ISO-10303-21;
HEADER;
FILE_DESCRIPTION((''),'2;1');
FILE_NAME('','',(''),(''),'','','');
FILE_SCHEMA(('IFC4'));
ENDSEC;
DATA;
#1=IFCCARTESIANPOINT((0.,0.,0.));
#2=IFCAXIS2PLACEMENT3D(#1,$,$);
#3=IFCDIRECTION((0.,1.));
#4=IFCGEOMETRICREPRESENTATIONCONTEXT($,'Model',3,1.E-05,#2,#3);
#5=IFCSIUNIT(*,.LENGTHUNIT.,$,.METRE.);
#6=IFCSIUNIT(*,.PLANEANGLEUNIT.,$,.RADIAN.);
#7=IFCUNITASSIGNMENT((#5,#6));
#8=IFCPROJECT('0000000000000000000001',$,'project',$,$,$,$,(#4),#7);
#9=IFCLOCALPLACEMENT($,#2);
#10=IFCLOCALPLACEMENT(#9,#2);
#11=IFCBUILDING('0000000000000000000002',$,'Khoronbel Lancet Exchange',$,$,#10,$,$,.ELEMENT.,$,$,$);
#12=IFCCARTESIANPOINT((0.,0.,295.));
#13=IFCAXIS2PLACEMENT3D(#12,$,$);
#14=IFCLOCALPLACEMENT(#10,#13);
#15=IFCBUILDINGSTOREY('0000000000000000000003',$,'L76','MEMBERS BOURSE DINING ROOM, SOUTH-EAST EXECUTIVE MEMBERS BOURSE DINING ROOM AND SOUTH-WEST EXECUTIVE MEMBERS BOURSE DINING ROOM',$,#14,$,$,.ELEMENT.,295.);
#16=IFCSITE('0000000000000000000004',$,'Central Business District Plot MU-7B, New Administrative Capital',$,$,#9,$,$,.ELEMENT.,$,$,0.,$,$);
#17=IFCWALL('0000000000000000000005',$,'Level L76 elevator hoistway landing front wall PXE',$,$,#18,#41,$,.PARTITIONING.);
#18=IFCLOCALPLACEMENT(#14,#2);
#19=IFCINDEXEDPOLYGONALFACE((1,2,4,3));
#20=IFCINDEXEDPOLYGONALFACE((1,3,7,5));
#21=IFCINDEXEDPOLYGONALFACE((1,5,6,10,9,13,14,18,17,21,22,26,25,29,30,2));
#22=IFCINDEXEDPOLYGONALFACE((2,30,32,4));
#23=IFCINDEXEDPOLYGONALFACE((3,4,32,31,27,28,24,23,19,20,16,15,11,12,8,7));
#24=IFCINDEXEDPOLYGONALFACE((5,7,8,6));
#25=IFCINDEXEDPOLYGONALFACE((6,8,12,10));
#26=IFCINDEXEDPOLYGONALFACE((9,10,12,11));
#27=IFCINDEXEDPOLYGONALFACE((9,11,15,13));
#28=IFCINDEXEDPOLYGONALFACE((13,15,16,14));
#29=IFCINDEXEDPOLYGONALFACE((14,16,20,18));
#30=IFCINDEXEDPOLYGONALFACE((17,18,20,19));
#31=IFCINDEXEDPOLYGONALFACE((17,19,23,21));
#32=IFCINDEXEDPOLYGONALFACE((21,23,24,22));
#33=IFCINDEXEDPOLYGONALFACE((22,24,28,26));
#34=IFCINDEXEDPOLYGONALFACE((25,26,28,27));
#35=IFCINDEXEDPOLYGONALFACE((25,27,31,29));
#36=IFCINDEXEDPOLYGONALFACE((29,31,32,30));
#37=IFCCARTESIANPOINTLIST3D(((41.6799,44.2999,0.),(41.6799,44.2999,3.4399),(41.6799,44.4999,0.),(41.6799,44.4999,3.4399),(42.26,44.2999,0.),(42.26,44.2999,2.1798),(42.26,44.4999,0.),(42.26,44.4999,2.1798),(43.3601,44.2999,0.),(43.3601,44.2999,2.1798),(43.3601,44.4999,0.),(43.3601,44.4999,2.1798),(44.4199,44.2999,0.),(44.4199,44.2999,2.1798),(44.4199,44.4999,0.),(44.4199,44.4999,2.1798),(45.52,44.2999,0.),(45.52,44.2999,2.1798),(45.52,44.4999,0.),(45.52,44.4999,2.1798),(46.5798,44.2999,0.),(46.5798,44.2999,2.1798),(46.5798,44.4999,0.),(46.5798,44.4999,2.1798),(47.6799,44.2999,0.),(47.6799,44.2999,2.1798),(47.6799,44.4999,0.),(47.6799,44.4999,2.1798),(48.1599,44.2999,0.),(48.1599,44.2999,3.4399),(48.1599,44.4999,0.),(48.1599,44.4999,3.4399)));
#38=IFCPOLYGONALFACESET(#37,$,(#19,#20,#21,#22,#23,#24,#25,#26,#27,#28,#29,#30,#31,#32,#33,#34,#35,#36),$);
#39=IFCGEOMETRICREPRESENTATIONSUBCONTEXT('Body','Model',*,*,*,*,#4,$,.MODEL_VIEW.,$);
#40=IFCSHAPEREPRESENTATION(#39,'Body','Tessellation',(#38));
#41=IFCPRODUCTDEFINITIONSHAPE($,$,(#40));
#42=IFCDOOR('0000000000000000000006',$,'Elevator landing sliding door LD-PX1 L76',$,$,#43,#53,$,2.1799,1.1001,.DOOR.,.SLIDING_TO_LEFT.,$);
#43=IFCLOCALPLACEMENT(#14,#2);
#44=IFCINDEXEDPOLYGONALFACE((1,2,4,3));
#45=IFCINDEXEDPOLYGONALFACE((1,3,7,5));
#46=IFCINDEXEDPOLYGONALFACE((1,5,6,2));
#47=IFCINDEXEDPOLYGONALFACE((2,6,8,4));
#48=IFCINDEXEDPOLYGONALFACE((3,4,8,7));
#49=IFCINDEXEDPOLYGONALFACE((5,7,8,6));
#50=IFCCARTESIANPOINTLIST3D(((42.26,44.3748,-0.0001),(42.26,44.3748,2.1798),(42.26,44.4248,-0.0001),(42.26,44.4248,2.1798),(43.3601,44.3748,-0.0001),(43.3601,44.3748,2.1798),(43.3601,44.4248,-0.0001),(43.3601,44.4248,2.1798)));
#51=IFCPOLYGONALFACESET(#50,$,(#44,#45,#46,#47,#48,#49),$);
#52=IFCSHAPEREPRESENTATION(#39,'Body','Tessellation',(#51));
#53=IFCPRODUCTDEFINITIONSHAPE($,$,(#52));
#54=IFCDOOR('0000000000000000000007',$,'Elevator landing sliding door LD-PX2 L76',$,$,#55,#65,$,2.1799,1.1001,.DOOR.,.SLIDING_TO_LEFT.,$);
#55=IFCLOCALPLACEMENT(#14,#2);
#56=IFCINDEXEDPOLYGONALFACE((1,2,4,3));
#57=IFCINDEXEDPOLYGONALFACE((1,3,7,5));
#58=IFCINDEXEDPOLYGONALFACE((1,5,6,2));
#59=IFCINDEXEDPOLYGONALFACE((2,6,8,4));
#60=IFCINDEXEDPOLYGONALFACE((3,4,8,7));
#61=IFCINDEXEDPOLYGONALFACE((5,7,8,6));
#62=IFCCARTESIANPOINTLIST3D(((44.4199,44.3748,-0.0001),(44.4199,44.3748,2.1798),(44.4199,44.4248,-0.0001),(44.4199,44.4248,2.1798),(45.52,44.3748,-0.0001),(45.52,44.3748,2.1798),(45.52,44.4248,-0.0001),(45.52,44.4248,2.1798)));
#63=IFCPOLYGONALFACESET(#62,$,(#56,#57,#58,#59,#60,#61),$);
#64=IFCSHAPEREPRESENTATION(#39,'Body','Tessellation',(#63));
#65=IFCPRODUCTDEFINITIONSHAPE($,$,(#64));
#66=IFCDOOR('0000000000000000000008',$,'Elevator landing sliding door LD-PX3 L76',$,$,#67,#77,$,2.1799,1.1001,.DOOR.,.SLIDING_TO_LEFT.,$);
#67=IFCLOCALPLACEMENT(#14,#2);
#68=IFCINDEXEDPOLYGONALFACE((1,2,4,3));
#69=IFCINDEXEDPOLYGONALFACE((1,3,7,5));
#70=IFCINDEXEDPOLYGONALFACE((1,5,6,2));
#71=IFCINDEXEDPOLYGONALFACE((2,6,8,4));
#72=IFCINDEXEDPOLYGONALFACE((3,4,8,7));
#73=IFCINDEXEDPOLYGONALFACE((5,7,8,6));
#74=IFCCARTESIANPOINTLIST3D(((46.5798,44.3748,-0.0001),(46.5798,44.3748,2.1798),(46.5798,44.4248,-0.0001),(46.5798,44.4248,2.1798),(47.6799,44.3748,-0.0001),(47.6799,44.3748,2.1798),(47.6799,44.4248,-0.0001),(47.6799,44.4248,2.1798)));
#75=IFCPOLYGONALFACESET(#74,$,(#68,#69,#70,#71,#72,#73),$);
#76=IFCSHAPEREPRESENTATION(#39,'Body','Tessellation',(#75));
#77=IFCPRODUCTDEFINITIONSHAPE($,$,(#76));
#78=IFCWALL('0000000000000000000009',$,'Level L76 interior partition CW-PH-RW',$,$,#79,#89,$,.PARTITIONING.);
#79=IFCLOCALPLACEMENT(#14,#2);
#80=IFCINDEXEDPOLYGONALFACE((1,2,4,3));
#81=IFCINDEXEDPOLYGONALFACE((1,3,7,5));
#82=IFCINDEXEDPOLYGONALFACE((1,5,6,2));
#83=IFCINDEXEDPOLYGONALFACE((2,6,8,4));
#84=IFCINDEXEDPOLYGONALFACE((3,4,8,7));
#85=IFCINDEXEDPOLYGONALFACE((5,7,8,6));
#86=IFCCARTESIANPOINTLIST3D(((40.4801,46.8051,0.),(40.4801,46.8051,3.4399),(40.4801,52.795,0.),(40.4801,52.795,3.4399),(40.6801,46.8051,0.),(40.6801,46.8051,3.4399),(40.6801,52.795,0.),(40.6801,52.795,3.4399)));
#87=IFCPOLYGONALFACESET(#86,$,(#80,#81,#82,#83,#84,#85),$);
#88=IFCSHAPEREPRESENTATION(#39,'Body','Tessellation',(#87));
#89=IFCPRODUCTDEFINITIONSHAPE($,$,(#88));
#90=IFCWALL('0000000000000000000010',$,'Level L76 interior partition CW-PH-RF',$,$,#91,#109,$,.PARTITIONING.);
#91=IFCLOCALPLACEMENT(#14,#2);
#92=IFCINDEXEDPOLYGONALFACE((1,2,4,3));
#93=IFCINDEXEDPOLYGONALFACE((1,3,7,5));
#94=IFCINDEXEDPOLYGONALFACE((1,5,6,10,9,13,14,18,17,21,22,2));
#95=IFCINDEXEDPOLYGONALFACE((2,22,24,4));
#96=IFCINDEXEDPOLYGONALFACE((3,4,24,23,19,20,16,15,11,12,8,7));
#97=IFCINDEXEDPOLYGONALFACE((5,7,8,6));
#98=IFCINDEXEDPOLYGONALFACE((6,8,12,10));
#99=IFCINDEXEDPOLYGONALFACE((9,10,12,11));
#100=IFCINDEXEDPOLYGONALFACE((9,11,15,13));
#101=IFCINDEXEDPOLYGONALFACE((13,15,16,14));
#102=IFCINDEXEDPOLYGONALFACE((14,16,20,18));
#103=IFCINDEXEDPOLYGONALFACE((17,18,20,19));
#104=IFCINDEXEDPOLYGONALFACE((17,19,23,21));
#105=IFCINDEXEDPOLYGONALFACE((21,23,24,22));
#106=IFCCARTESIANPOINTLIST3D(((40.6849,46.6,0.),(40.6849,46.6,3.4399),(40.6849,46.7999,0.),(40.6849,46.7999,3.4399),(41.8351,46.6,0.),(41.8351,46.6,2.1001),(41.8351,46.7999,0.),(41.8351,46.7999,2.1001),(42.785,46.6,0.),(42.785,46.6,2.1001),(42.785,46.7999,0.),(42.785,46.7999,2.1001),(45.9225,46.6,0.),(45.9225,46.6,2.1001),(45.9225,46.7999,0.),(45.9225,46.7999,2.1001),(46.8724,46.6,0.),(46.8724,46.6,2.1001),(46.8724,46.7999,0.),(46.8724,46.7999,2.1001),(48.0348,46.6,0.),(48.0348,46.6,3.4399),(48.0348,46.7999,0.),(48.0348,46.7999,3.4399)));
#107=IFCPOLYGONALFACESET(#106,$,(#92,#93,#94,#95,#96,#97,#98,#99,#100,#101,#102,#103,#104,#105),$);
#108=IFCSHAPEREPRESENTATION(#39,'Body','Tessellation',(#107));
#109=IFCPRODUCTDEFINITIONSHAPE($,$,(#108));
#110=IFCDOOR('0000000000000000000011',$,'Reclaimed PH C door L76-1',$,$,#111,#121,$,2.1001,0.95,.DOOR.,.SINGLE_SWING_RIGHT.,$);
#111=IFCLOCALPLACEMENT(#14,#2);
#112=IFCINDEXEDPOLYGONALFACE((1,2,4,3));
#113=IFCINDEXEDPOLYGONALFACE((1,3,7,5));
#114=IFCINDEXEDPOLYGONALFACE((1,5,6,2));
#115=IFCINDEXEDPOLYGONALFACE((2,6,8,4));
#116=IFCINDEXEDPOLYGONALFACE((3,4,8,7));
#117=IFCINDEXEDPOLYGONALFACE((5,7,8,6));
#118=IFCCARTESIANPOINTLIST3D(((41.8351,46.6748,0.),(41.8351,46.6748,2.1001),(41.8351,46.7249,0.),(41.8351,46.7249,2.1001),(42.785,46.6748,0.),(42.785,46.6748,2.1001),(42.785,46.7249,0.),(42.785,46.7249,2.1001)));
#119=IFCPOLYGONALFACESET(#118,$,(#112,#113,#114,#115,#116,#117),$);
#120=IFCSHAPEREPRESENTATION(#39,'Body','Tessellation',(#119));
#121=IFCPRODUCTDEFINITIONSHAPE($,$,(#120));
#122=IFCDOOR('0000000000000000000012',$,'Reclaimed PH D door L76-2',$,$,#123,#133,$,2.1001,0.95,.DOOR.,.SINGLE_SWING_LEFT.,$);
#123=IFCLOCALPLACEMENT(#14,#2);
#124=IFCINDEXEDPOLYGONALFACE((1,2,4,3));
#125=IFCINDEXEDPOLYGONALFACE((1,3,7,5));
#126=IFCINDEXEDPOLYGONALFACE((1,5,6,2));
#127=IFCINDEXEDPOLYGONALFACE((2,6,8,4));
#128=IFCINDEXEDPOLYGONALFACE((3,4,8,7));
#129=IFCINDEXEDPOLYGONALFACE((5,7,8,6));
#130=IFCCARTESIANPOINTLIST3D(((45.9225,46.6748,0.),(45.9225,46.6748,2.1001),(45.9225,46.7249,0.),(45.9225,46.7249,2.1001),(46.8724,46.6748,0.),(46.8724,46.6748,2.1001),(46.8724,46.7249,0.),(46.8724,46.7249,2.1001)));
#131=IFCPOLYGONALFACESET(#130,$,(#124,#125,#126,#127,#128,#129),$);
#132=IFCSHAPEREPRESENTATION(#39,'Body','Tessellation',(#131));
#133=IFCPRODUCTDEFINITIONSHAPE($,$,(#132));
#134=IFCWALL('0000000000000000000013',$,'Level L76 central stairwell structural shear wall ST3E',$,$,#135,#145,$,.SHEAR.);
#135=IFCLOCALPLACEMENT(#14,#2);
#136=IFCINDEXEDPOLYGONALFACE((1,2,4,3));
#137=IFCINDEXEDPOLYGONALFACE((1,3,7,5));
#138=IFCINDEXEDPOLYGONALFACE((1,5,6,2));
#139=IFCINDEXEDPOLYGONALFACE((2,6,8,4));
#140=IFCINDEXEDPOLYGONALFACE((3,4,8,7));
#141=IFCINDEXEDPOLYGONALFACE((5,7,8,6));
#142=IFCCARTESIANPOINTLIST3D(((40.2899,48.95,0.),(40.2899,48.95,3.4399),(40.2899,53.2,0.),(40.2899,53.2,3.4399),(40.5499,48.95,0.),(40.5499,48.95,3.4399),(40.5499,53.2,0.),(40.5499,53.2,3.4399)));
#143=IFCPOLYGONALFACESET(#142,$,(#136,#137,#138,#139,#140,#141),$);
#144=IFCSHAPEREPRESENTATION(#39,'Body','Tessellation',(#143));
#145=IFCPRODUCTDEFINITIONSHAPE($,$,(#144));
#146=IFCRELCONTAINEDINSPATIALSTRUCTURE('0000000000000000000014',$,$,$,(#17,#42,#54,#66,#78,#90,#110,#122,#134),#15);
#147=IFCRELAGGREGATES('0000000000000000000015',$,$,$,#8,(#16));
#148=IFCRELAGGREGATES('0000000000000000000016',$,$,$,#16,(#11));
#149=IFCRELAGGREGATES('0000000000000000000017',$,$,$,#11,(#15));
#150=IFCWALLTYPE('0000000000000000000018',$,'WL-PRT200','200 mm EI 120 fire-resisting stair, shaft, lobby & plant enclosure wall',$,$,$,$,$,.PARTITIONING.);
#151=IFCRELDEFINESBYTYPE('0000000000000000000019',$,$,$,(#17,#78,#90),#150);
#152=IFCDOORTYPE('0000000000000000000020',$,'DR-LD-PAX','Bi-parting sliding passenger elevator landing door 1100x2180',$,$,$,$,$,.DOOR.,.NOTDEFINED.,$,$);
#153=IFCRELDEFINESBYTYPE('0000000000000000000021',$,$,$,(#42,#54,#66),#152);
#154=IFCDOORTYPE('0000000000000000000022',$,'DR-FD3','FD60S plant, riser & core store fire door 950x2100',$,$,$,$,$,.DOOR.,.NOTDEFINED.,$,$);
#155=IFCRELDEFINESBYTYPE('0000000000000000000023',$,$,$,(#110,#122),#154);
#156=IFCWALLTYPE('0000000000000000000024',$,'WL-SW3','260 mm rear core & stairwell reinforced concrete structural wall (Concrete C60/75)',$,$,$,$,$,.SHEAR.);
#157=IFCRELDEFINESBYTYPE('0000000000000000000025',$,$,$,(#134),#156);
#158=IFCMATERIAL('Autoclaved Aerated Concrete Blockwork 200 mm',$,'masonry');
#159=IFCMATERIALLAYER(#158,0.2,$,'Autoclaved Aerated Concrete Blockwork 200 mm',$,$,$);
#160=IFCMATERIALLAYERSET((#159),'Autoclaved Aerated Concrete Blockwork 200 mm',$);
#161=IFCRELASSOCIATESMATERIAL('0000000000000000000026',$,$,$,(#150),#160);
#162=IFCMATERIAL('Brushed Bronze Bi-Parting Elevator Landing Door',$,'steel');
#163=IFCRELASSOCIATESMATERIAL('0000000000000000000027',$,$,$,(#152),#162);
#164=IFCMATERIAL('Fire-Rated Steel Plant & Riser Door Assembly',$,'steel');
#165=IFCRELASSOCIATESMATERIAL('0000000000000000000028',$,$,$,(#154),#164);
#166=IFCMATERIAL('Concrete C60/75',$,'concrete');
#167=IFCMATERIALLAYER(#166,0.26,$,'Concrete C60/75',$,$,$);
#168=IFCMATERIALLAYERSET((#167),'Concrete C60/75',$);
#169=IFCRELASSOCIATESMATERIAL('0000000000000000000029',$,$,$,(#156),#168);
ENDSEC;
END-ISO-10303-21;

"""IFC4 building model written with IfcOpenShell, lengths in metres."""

from ifc_helpers import new_model, si_unit, direction, frame, frame_2d, origin, place, context, subcontext, project, spatial, rectangle, extrude, material, layer, layer_set, type_object, element, fill, save


model = new_model("IFC4")

# Units and contexts
model_context = context("Model", 3, precision=1e-05, world=origin(), true_north=direction((0.0, 1.0)))
body_context = subcontext(model_context, "Body", "Model", "MODEL_VIEW")
ifc_project = project(units=[si_unit("LENGTHUNIT", "METRE"), si_unit("PLANEANGLEUNIT", "RADIAN")], contexts=[model_context])

# Site, building, storey
site_placement = place(None, origin())
site = spatial("IfcSite", under=ifc_project, at=site_placement, Name="Central Business District Plot MU-7B, New Administrative Capital", CompositionType="ELEMENT", RefElevation=0.0)
building_placement = place(site_placement, origin())
building = spatial("IfcBuilding", under=site, at=building_placement, Name="Khoronbel Lancet Exchange", CompositionType="ELEMENT")
storey_placement = place(building_placement, frame((0.0, 0.0, 295.0)))
storey = spatial("IfcBuildingStorey", under=building, at=storey_placement, Name="L76", Description="MEMBERS BOURSE DINING ROOM, SOUTH-EAST EXECUTIVE MEMBERS BOURSE DINING ROOM AND SOUTH-WEST EXECUTIVE MEMBERS BOURSE DINING ROOM", CompositionType="ELEMENT", Elevation=295.0)

# Shared definitions
ifc_material_1 = material(Name="Concrete C60/75", Category="concrete")

# Wall, openings, doors
ifc_material_2 = material(Name="Autoclaved Aerated Concrete Blockwork 200 mm", Category="masonry")
ifc_layer_1 = layer(ifc_material_2, 0.2, Name="Autoclaved Aerated Concrete Blockwork 200 mm")
ifc_layer_set_1 = layer_set([ifc_layer_1], Name="Autoclaved Aerated Concrete Blockwork 200 mm")
wall_type_1 = type_object("IfcWallType", Name="WL-PRT200", Description="200 mm EI 120 fire-resisting stair, shaft, lobby & plant enclosure wall", PredefinedType="PARTITIONING", material=ifc_layer_set_1)
wall_1_placement = place(storey_placement, frame((41.6799, 44.3999, 0.0), z_axis=(0.0, 0.0, 1.0), x_axis=(1.0, 0.0, 0.0)))
wall_1 = element("IfcWall", 1, at=wall_1_placement, inside=storey, type_object=wall_type_1, Name="Level L76 elevator hoistway landing front wall PXE", PredefinedType="PARTITIONING", context=body_context, shape_type="SweptSolid", body=[
    extrude(rectangle(XDim=6.48, YDim=0.2, at=frame_2d((3.24, 0.0))), origin(), (0.0, 0.0, 1.0), 3.4399),
])
opening_1_placement = place(wall_1_placement, frame((0.5801, 0.0, 0.0)))
opening_1 = element("IfcOpeningElement", 2, at=opening_1_placement, cuts=wall_1, PredefinedType="OPENING", context=body_context, shape_type="SweptSolid", body=[
    extrude(rectangle(XDim=1.1001, YDim=2.1799, at=frame_2d((0.55, 1.0898))), frame((0.0, 0.1099, 0.0), z_axis=(0.0, -1.0, 0.0), x_axis=(1.0, 0.0, 0.0)), (0.0, 0.0, 1.0), 0.22),
])
opening_2_placement = place(wall_1_placement, frame((2.74, 0.0, 0.0)))
opening_2 = element("IfcOpeningElement", 3, at=opening_2_placement, cuts=wall_1, PredefinedType="OPENING", context=body_context, shape_type="SweptSolid", body=[
    extrude(rectangle(XDim=1.1001, YDim=2.1799, at=frame_2d((0.55, 1.0898))), frame((0.0, 0.1099, 0.0), z_axis=(0.0, -1.0, 0.0), x_axis=(1.0, 0.0, 0.0)), (0.0, 0.0, 1.0), 0.22),
])
opening_3_placement = place(wall_1_placement, frame((4.8999, 0.0, 0.0)))
opening_3 = element("IfcOpeningElement", 4, at=opening_3_placement, cuts=wall_1, PredefinedType="OPENING", context=body_context, shape_type="SweptSolid", body=[
    extrude(rectangle(XDim=1.1001, YDim=2.1799, at=frame_2d((0.55, 1.0898))), frame((0.0, 0.1099, 0.0), z_axis=(0.0, -1.0, 0.0), x_axis=(1.0, 0.0, 0.0)), (0.0, 0.0, 1.0), 0.22),
])
ifc_material_3 = material(Name="Brushed Bronze Bi-Parting Elevator Landing Door", Category="steel")
door_type_1 = type_object("IfcDoorType", Name="DR-LD-PAX", Description="Bi-parting sliding passenger elevator landing door 1100x2180", OperationType="NOTDEFINED", PredefinedType="DOOR", material=ifc_material_3)
door_1_placement = place(opening_1_placement, origin())
door_1 = element("IfcDoor", 5, at=door_1_placement, inside=storey, type_object=door_type_1, Name="Elevator landing sliding door LD-PX1 L76", OperationType="SLIDING_TO_LEFT", OverallHeight=2.1799, OverallWidth=1.1001, PredefinedType="DOOR", context=body_context, shape_type="SweptSolid", body=[
    extrude(rectangle(XDim=1.1001, YDim=2.1799, at=frame_2d((0.55, 1.0898))), frame((0.0, 0.0249, 0.0), z_axis=(0.0, -1.0, 0.0), x_axis=(1.0, 0.0, 0.0)), (0.0, 0.0, 1.0), 0.05),
])
fill(opening_1, door_1)
door_2_placement = place(opening_2_placement, origin())
door_2 = element("IfcDoor", 6, at=door_2_placement, inside=storey, type_object=door_type_1, Name="Elevator landing sliding door LD-PX2 L76", OperationType="SLIDING_TO_LEFT", OverallHeight=2.1799, OverallWidth=1.1001, PredefinedType="DOOR", context=body_context, shape_type="SweptSolid", body=[
    extrude(rectangle(XDim=1.1001, YDim=2.1799, at=frame_2d((0.55, 1.0898))), frame((0.0, 0.0249, 0.0), z_axis=(0.0, -1.0, 0.0), x_axis=(1.0, 0.0, 0.0)), (0.0, 0.0, 1.0), 0.05),
])
fill(opening_2, door_2)
door_3_placement = place(opening_3_placement, origin())
door_3 = element("IfcDoor", 7, at=door_3_placement, inside=storey, type_object=door_type_1, Name="Elevator landing sliding door LD-PX3 L76", OperationType="SLIDING_TO_LEFT", OverallHeight=2.1799, OverallWidth=1.1001, PredefinedType="DOOR", context=body_context, shape_type="SweptSolid", body=[
    extrude(rectangle(XDim=1.1001, YDim=2.1799, at=frame_2d((0.55, 1.0898))), frame((0.0, 0.0249, 0.0), z_axis=(0.0, -1.0, 0.0), x_axis=(1.0, 0.0, 0.0)), (0.0, 0.0, 1.0), 0.05),
])
fill(opening_3, door_3)

# Wall
wall_2_placement = place(storey_placement, frame((40.5801, 46.8049, 0.0), z_axis=(0.0, 0.0, 1.0), x_axis=(0.0, 1.0, 0.0)))
element("IfcWall", 8, at=wall_2_placement, inside=storey, type_object=wall_type_1, Name="Level L76 interior partition CW-PH-RW", PredefinedType="PARTITIONING", context=body_context, shape_type="SweptSolid", body=[
    extrude(rectangle(XDim=5.99, YDim=0.2, at=frame_2d((2.9951, 0.0))), origin(), (0.0, 0.0, 1.0), 3.4399),
])

# Wall, openings, doors
wall_3_placement = place(storey_placement, frame((40.6851, 46.7, 0.0), z_axis=(0.0, 0.0, 1.0), x_axis=(1.0, 0.0, 0.0)))
wall_3 = element("IfcWall", 9, at=wall_3_placement, inside=storey, type_object=wall_type_1, Name="Level L76 interior partition CW-PH-RF", PredefinedType="PARTITIONING", context=body_context, shape_type="SweptSolid", body=[
    extrude(rectangle(XDim=7.3499, YDim=0.2, at=frame_2d((3.6748, 0.0))), origin(), (0.0, 0.0, 1.0), 3.4399),
])
opening_4_placement = place(wall_3_placement, frame((1.1499, 0.0, 0.0)))
opening_4 = element("IfcOpeningElement", 10, at=opening_4_placement, cuts=wall_3, PredefinedType="OPENING", context=body_context, shape_type="SweptSolid", body=[
    extrude(rectangle(XDim=0.95, YDim=2.1001, at=frame_2d((0.4751, 1.05))), frame((0.0, 0.1099, 0.0), z_axis=(0.0, -1.0, 0.0), x_axis=(1.0, 0.0, 0.0)), (0.0, 0.0, 1.0), 0.22),
])
opening_5_placement = place(wall_3_placement, frame((5.2373, 0.0, 0.0)))
opening_5 = element("IfcOpeningElement", 11, at=opening_5_placement, cuts=wall_3, PredefinedType="OPENING", context=body_context, shape_type="SweptSolid", body=[
    extrude(rectangle(XDim=0.95, YDim=2.1001, at=frame_2d((0.4751, 1.05))), frame((0.0, 0.1099, 0.0), z_axis=(0.0, -1.0, 0.0), x_axis=(1.0, 0.0, 0.0)), (0.0, 0.0, 1.0), 0.22),
])
ifc_material_4 = material(Name="Fire-Rated Steel Plant & Riser Door Assembly", Category="steel")
door_type_2 = type_object("IfcDoorType", Name="DR-FD3", Description="FD60S plant, riser & core store fire door 950x2100", OperationType="NOTDEFINED", PredefinedType="DOOR", material=ifc_material_4)
door_4_placement = place(opening_4_placement, origin())
door_4 = element("IfcDoor", 12, at=door_4_placement, inside=storey, type_object=door_type_2, Name="Reclaimed PH C door L76-1", OperationType="SINGLE_SWING_RIGHT", OverallHeight=2.1001, OverallWidth=0.95, PredefinedType="DOOR", context=body_context, shape_type="SweptSolid", body=[
    extrude(rectangle(XDim=0.95, YDim=2.1001, at=frame_2d((0.4751, 1.05))), frame((0.0, 0.0249, 0.0), z_axis=(0.0, -1.0, 0.0), x_axis=(1.0, 0.0, 0.0)), (0.0, 0.0, 1.0), 0.05),
])
fill(opening_4, door_4)
door_5_placement = place(opening_5_placement, origin())
door_5 = element("IfcDoor", 13, at=door_5_placement, inside=storey, type_object=door_type_2, Name="Reclaimed PH D door L76-2", OperationType="SINGLE_SWING_LEFT", OverallHeight=2.1001, OverallWidth=0.95, PredefinedType="DOOR", context=body_context, shape_type="SweptSolid", body=[
    extrude(rectangle(XDim=0.95, YDim=2.1001, at=frame_2d((0.4751, 1.05))), frame((0.0, 0.0249, 0.0), z_axis=(0.0, -1.0, 0.0), x_axis=(1.0, 0.0, 0.0)), (0.0, 0.0, 1.0), 0.05),
])
fill(opening_5, door_5)

# Wall
ifc_layer_2 = layer(ifc_material_1, 0.26, Name="Concrete C60/75")
ifc_layer_set_2 = layer_set([ifc_layer_2], Name="Concrete C60/75")
wall_type_2 = type_object("IfcWallType", Name="WL-SW3", Description="260 mm rear core & stairwell reinforced concrete structural wall (Concrete C60/75)", PredefinedType="SHEAR", material=ifc_layer_set_2)
wall_4_placement = place(storey_placement, frame((40.4199, 48.95, 0.0), z_axis=(0.0, 0.0, 1.0), x_axis=(0.0, 1.0, 0.0)))
element("IfcWall", 14, at=wall_4_placement, inside=storey, type_object=wall_type_2, Name="Level L76 central stairwell structural shear wall ST3E", PredefinedType="SHEAR", context=body_context, shape_type="SweptSolid", body=[
    extrude(rectangle(XDim=4.25, YDim=0.26, at=frame_2d((2.125, 0.0))), origin(), (0.0, 0.0, 1.0), 3.4399),
])

save(model, "model.ifc")
